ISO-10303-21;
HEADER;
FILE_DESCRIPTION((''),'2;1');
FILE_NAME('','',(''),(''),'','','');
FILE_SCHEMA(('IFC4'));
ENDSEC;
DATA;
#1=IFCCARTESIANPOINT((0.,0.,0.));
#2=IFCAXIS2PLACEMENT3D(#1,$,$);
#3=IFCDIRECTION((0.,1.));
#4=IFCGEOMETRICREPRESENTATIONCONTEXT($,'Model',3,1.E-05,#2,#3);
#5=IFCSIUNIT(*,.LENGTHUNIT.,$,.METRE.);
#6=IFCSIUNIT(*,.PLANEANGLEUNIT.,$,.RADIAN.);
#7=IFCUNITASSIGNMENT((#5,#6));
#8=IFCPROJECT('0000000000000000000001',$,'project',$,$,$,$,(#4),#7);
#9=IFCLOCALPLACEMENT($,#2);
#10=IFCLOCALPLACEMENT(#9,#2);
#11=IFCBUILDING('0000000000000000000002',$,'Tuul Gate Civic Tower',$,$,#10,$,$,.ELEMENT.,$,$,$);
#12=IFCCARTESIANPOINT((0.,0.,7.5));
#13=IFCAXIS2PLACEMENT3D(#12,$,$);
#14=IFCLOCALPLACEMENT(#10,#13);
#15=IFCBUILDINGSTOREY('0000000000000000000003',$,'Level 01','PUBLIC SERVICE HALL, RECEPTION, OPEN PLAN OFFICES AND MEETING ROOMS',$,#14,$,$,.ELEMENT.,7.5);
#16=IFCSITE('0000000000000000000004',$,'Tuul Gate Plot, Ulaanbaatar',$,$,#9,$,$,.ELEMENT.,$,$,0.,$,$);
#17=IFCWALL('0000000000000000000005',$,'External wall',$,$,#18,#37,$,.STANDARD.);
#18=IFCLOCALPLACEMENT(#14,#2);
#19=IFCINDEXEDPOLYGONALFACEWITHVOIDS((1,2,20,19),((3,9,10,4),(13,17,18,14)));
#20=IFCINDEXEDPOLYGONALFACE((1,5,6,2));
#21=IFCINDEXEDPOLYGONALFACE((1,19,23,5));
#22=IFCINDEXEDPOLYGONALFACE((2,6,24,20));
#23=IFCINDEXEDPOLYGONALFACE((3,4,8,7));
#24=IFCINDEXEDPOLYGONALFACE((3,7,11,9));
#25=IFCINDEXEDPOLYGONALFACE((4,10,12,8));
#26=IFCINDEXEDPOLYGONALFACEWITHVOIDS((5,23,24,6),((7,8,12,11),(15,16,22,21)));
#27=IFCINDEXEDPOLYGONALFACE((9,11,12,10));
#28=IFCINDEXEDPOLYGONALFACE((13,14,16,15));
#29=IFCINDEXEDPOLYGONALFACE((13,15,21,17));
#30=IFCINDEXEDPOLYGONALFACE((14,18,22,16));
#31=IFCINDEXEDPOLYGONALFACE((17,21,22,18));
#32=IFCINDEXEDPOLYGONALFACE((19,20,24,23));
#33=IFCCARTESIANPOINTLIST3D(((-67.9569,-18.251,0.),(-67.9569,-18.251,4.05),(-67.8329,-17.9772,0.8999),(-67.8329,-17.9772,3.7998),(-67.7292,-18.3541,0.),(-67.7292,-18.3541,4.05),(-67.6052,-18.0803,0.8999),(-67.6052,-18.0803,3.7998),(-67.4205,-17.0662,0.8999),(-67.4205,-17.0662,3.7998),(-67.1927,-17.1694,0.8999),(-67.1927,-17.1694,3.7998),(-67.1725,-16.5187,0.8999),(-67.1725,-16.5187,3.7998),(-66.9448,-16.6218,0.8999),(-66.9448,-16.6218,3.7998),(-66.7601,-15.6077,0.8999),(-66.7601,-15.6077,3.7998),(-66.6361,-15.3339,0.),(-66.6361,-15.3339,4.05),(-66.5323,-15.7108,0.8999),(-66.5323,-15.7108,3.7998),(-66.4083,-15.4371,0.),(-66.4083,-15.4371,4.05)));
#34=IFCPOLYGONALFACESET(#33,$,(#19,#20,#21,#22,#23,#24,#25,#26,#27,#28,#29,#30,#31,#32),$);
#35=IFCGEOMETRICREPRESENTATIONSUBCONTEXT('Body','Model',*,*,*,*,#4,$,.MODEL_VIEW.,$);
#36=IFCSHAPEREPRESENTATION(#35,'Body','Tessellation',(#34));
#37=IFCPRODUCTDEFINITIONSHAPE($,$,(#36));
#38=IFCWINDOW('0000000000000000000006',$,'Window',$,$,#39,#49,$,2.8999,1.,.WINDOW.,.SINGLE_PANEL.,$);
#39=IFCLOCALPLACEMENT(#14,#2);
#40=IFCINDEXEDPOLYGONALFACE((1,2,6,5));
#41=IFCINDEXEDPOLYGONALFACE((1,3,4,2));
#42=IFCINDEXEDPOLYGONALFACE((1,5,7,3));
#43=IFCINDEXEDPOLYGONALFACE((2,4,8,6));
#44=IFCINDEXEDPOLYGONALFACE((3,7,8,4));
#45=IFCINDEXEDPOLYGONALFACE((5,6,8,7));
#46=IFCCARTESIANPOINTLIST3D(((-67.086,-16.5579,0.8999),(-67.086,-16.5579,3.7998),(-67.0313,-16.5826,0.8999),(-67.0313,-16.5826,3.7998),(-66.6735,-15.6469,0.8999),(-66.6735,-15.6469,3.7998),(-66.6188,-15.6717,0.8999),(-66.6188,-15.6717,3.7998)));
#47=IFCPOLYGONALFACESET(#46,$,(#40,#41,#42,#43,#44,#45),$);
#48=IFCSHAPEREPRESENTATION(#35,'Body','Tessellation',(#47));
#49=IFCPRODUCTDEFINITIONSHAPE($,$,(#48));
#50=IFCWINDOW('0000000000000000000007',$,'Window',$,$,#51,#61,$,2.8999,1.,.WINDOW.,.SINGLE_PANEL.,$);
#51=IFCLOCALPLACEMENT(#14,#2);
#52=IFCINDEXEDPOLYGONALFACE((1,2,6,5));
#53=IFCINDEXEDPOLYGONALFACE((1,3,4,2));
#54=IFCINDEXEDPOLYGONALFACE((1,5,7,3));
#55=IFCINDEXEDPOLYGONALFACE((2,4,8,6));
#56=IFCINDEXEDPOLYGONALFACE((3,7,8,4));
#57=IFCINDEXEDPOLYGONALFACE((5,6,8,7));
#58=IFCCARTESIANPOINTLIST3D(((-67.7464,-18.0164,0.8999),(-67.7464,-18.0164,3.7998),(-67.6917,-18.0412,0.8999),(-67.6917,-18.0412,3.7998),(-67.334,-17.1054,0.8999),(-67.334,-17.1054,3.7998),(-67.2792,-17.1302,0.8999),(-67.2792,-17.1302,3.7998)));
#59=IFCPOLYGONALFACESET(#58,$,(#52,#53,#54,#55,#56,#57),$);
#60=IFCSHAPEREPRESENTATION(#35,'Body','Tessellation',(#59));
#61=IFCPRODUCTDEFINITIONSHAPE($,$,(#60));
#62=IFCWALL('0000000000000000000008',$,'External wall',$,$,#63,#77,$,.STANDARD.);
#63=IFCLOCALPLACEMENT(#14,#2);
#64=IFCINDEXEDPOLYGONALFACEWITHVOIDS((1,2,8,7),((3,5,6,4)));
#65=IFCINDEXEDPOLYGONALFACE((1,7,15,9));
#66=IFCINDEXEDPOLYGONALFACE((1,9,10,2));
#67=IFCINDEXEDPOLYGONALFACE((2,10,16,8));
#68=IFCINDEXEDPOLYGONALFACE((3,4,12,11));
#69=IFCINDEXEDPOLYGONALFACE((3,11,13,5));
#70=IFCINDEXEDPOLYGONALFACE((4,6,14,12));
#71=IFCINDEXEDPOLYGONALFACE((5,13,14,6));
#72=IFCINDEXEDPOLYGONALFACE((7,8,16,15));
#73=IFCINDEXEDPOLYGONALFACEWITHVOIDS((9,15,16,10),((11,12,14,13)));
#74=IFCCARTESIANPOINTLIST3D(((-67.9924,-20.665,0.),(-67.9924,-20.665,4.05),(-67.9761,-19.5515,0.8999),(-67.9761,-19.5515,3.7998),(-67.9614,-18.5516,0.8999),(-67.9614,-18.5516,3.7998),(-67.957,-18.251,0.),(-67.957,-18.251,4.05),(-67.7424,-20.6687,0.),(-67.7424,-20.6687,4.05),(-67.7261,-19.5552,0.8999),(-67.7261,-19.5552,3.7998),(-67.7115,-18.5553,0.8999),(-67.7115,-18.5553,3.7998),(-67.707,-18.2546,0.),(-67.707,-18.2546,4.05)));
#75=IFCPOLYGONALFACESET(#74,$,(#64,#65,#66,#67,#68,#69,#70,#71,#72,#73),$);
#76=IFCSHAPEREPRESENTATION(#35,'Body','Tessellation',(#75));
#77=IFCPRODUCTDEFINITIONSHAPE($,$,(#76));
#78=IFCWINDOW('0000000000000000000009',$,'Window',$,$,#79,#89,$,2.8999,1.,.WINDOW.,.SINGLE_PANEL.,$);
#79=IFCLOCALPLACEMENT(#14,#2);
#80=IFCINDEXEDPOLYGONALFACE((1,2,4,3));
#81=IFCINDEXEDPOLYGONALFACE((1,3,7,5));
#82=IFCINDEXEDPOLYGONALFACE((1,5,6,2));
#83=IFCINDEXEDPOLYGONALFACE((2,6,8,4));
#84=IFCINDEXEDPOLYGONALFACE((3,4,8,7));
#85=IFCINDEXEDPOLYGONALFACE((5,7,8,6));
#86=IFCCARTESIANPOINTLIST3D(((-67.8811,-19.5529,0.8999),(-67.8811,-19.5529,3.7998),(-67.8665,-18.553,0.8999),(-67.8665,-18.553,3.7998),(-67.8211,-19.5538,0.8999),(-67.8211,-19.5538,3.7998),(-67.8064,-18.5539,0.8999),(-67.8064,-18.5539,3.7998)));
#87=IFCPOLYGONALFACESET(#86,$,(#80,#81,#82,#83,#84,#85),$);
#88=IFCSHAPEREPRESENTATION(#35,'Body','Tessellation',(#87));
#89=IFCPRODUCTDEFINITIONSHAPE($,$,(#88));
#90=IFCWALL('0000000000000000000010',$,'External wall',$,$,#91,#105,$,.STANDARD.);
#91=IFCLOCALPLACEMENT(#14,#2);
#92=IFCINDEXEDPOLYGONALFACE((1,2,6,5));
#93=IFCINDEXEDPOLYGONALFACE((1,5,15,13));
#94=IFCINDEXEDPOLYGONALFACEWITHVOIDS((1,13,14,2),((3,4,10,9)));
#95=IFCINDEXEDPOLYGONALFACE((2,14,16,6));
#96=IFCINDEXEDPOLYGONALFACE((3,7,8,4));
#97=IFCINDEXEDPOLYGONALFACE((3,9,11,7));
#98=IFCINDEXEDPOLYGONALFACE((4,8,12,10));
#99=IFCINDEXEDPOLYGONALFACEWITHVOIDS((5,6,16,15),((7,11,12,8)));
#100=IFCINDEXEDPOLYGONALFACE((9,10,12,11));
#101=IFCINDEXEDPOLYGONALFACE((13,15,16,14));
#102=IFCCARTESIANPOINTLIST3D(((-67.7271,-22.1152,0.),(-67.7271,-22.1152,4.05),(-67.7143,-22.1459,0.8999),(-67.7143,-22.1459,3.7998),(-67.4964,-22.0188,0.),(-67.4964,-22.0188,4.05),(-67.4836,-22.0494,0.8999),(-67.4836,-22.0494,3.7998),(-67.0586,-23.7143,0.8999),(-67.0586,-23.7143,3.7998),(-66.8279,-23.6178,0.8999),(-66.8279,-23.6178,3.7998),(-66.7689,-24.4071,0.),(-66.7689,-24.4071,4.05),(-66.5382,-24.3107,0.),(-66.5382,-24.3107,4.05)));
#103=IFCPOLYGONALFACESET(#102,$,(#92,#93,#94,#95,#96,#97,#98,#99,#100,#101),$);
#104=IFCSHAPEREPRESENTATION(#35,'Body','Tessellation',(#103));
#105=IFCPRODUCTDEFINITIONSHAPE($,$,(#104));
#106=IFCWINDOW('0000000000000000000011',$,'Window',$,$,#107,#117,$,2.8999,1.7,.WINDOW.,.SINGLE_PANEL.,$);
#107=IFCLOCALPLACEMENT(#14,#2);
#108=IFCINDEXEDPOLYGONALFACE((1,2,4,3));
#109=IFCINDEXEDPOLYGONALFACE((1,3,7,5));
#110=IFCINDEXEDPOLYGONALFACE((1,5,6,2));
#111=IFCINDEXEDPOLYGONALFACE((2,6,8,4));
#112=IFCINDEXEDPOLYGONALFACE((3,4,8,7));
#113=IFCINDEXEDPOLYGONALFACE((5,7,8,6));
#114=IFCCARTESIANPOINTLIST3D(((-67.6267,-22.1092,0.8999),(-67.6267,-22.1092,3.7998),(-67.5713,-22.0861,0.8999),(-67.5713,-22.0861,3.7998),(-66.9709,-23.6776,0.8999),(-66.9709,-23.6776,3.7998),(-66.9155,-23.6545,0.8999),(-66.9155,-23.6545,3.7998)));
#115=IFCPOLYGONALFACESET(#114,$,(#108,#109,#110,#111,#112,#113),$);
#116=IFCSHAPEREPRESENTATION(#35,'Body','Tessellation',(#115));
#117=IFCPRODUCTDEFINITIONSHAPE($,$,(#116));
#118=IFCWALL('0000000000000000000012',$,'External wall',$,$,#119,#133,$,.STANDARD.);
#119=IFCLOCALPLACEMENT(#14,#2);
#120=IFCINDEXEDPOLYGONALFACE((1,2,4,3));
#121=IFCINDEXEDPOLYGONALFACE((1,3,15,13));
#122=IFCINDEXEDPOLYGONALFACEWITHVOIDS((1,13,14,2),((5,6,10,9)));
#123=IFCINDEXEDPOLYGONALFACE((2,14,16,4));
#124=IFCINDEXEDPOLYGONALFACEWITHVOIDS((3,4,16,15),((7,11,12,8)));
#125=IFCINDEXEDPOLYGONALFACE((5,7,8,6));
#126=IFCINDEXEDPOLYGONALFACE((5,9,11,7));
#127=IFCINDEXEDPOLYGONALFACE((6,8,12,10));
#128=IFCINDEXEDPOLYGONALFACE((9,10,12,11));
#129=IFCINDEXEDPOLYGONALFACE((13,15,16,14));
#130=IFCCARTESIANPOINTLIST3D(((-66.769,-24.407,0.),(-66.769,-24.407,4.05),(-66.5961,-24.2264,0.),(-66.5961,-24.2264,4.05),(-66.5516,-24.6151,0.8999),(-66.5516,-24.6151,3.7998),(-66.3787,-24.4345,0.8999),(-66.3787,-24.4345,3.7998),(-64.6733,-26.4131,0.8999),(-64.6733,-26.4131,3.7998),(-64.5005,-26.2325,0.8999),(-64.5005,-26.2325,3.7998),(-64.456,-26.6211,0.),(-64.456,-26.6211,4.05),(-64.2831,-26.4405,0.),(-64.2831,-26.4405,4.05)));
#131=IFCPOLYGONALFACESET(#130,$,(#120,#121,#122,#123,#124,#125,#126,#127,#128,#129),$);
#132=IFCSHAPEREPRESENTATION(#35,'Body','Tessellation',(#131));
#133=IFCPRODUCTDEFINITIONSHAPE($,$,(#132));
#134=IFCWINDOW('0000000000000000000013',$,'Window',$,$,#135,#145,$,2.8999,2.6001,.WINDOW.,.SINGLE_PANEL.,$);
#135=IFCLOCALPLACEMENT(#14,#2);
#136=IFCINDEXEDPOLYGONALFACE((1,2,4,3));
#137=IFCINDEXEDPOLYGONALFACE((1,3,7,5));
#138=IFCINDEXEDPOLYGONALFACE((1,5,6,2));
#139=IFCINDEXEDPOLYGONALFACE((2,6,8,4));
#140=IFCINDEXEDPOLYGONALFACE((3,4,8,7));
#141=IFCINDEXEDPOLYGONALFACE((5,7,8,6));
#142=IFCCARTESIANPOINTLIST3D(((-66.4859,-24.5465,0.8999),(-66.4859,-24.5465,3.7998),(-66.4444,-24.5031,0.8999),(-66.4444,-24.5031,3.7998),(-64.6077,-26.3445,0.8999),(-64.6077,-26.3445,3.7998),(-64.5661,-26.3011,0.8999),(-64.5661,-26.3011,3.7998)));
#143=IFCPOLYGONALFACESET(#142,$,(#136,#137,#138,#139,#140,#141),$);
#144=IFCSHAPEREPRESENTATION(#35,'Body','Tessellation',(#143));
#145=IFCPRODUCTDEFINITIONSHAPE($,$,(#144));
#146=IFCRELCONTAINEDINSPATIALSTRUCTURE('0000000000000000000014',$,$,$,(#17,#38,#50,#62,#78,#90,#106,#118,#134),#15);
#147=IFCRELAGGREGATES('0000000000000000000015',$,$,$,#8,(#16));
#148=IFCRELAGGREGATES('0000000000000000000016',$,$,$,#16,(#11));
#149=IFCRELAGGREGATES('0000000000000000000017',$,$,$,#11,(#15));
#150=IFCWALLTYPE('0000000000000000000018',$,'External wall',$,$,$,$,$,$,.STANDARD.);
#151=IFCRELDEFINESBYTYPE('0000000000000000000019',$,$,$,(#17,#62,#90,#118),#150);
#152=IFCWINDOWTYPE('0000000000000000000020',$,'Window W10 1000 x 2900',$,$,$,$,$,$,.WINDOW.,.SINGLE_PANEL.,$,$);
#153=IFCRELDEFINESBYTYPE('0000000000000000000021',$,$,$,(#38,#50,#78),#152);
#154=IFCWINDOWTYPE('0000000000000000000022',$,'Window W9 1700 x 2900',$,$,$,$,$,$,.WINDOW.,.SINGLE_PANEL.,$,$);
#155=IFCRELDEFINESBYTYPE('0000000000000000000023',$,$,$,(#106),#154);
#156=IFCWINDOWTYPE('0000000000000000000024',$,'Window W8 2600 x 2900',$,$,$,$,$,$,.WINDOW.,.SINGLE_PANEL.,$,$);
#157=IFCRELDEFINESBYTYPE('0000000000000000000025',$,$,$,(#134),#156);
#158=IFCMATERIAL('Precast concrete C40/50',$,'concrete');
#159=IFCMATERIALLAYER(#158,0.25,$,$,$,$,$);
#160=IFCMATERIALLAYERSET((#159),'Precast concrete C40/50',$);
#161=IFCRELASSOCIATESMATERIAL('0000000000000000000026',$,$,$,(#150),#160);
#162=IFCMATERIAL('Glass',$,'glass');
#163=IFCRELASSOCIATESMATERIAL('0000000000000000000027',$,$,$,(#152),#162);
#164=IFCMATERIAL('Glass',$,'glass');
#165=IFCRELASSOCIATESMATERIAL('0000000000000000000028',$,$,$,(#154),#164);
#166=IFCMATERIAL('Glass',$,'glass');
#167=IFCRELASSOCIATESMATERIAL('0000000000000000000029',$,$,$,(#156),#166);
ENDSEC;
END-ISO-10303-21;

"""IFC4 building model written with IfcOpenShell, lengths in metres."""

from ifc_helpers import new_model, si_unit, direction, frame, frame_2d, origin, place, context, subcontext, project, spatial, rectangle, extrude, material, layer, layer_set, type_object, element, fill, save


model = new_model("IFC4")

# Units and contexts
model_context = context("Model", 3, precision=1e-05, world=origin(), true_north=direction((0.0, 1.0)))
body_context = subcontext(model_context, "Body", "Model", "MODEL_VIEW")
ifc_project = project(units=[si_unit("LENGTHUNIT", "METRE"), si_unit("PLANEANGLEUNIT", "RADIAN")], contexts=[model_context])

# Site, building, storey
site_placement = place(None, origin())
site = spatial("IfcSite", under=ifc_project, at=site_placement, Name="Tuul Gate Plot, Ulaanbaatar", CompositionType="ELEMENT", RefElevation=0.0)
building_placement = place(site_placement, origin())
building = spatial("IfcBuilding", under=site, at=building_placement, Name="Tuul Gate Civic Tower", CompositionType="ELEMENT")
storey_placement = place(building_placement, frame((0.0, 0.0, 7.5)))
storey = spatial("IfcBuildingStorey", under=building, at=storey_placement, Name="Level 01", Description="PUBLIC SERVICE HALL, RECEPTION, OPEN PLAN OFFICES AND MEETING ROOMS", CompositionType="ELEMENT", Elevation=7.5)

# Wall, openings, windows
ifc_material_1 = material(Name="Precast concrete C40/50", Category="concrete")
ifc_layer_1 = layer(ifc_material_1, 0.25)
ifc_layer_set_1 = layer_set([ifc_layer_1], Name="Precast concrete C40/50")
wall_type_1 = type_object("IfcWallType", Name="External wall", PredefinedType="STANDARD", material=ifc_layer_set_1)
wall_1_placement = place(storey_placement, frame((-66.5222, -15.3855, 0.0), z_axis=(0.0, 0.0, 1.0), x_axis=(-0.412481, -0.910966, 0.0)))
wall_1 = element("IfcWall", 1, at=wall_1_placement, inside=storey, type_object=wall_type_1, Name="External wall", PredefinedType="STANDARD", context=body_context, shape_type="SweptSolid", body=[
    extrude(rectangle(XDim=3.2021, YDim=0.25, at=frame_2d((1.6011, 0.0))), origin(), (0.0, 0.0, 1.0), 4.05),
])
opening_1_placement = place(wall_1_placement, frame((0.3005, 0.0, 0.8999)))
opening_1 = element("IfcOpeningElement", 2, at=opening_1_placement, cuts=wall_1, PredefinedType="OPENING", context=body_context, shape_type="SweptSolid", body=[
    extrude(rectangle(XDim=1.0, YDim=2.8999, at=frame_2d((0.5, 1.45))), frame((0.0, 0.135, 0.0), z_axis=(0.0, -1.0, 0.0), x_axis=(1.0, 0.0, 0.0)), (0.0, 0.0, 1.0), 0.27),
])
opening_2_placement = place(wall_1_placement, frame((1.9016, 0.0, 0.8999)))
opening_2 = element("IfcOpeningElement", 3, at=opening_2_placement, cuts=wall_1, PredefinedType="OPENING", context=body_context, shape_type="SweptSolid", body=[
    extrude(rectangle(XDim=1.0, YDim=2.8999, at=frame_2d((0.5, 1.45))), frame((0.0, 0.135, 0.0), z_axis=(0.0, -1.0, 0.0), x_axis=(1.0, 0.0, 0.0)), (0.0, 0.0, 1.0), 0.27),
])
ifc_material_2 = material(Name="Glass", Category="glass")
window_type_1 = type_object("IfcWindowType", Name="Window W10 1000 x 2900", PartitioningType="SINGLE_PANEL", PredefinedType="WINDOW", material=ifc_material_2)
window_1_placement = place(opening_1_placement, origin())
window_1 = element("IfcWindow", 4, at=window_1_placement, inside=storey, type_object=window_type_1, Name="Window", OverallHeight=2.8999, OverallWidth=1.0, PartitioningType="SINGLE_PANEL", PredefinedType="WINDOW", context=body_context, shape_type="SweptSolid", body=[
    extrude(rectangle(XDim=1.0, YDim=2.8999, at=frame_2d((0.5, 1.45))), frame((0.0, 0.03, 0.0), z_axis=(0.0, -1.0, 0.0), x_axis=(1.0, 0.0, 0.0)), (0.0, 0.0, 1.0), 0.0601),
])
fill(opening_1, window_1)
window_2_placement = place(opening_2_placement, origin())
window_2 = element("IfcWindow", 5, at=window_2_placement, inside=storey, type_object=window_type_1, Name="Window", OverallHeight=2.8999, OverallWidth=1.0, PartitioningType="SINGLE_PANEL", PredefinedType="WINDOW", context=body_context, shape_type="SweptSolid", body=[
    extrude(rectangle(XDim=1.0, YDim=2.8999, at=frame_2d((0.5, 1.45))), frame((0.0, 0.03, 0.0), z_axis=(0.0, -1.0, 0.0), x_axis=(1.0, 0.0, 0.0)), (0.0, 0.0, 1.0), 0.0601),
])
fill(opening_2, window_2)

# Walls, openings, windows
wall_2_placement = place(storey_placement, frame((-67.832, -18.2529, 0.0), z_axis=(0.0, 0.0, 1.0), x_axis=(-0.014663, -0.999892, 0.0)))
wall_2 = element("IfcWall", 6, at=wall_2_placement, inside=storey, type_object=wall_type_1, Name="External wall", PredefinedType="STANDARD", context=body_context, shape_type="SweptSolid", body=[
    extrude(rectangle(XDim=2.4143, YDim=0.25, at=frame_2d((1.207, 0.0))), origin(), (0.0, 0.0, 1.0), 4.05),
])
opening_3_placement = place(wall_2_placement, frame((0.3005, 0.0, 0.8999)))
opening_3 = element("IfcOpeningElement", 7, at=opening_3_placement, cuts=wall_2, PredefinedType="OPENING", context=body_context, shape_type="SweptSolid", body=[
    extrude(rectangle(XDim=1.0, YDim=2.8999, at=frame_2d((0.5, 1.45))), frame((0.0, 0.135, 0.0), z_axis=(0.0, -1.0, 0.0), x_axis=(1.0, 0.0, 0.0)), (0.0, 0.0, 1.0), 0.27),
])
window_3_placement = place(opening_3_placement, origin())
window_3 = element("IfcWindow", 8, at=window_3_placement, inside=storey, type_object=window_type_1, Name="Window", OverallHeight=2.8999, OverallWidth=1.0, PartitioningType="SINGLE_PANEL", PredefinedType="WINDOW", context=body_context, shape_type="SweptSolid", body=[
    extrude(rectangle(XDim=1.0, YDim=2.8999, at=frame_2d((0.5, 1.45))), frame((0.0, 0.03, 0.0), z_axis=(0.0, -1.0, 0.0), x_axis=(1.0, 0.0, 0.0)), (0.0, 0.0, 1.0), 0.0601),
])
fill(opening_3, window_3)
wall_3_placement = place(storey_placement, frame((-67.6118, -22.0669, 0.0), z_axis=(0.0, 0.0, 1.0), x_axis=(0.385732, -0.922611, 0.0)))
wall_3 = element("IfcWall", 9, at=wall_3_placement, inside=storey, type_object=wall_type_1, Name="External wall", PredefinedType="STANDARD", context=body_context, shape_type="SweptSolid", body=[
    extrude(rectangle(XDim=2.4841, YDim=0.25, at=frame_2d((1.2422, 0.0))), origin(), (0.0, 0.0, 1.0), 4.05),
])
opening_4_placement = place(wall_3_placement, frame((0.0332, 0.0, 0.8999)))
opening_4 = element("IfcOpeningElement", 10, at=opening_4_placement, cuts=wall_3, PredefinedType="OPENING", context=body_context, shape_type="SweptSolid", body=[
    extrude(rectangle(XDim=1.7, YDim=2.8999, at=frame_2d((0.8501, 1.45))), frame((0.0, 0.135, 0.0), z_axis=(0.0, -1.0, 0.0), x_axis=(1.0, 0.0, 0.0)), (0.0, 0.0, 1.0), 0.27),
])
ifc_material_3 = material(Name="Glass", Category="glass")
window_type_2 = type_object("IfcWindowType", Name="Window W9 1700 x 2900", PartitioningType="SINGLE_PANEL", PredefinedType="WINDOW", material=ifc_material_3)
window_4_placement = place(opening_4_placement, origin())
window_4 = element("IfcWindow", 11, at=window_4_placement, inside=storey, type_object=window_type_2, Name="Window", OverallHeight=2.8999, OverallWidth=1.7, PartitioningType="SINGLE_PANEL", PredefinedType="WINDOW", context=body_context, shape_type="SweptSolid", body=[
    extrude(rectangle(XDim=1.7, YDim=2.8999, at=frame_2d((0.8501, 1.45))), frame((0.0, 0.03, 0.0), z_axis=(0.0, -1.0, 0.0), x_axis=(1.0, 0.0, 0.0)), (0.0, 0.0, 1.0), 0.0601),
])
fill(opening_4, window_4)
wall_4_placement = place(storey_placement, frame((-66.6826, -24.3167, 0.0), z_axis=(0.0, 0.0, 1.0), x_axis=(0.722379, -0.691498, 0.0)))
wall_4 = element("IfcWall", 12, at=wall_4_placement, inside=storey, type_object=wall_type_1, Name="External wall", PredefinedType="STANDARD", context=body_context, shape_type="SweptSolid", body=[
    extrude(rectangle(XDim=3.2019, YDim=0.25, at=frame_2d((1.6011, 0.0))), origin(), (0.0, 0.0, 1.0), 4.05),
])
opening_5_placement = place(wall_4_placement, frame((0.301, 0.0, 0.8999)))
opening_5 = element("IfcOpeningElement", 13, at=opening_5_placement, cuts=wall_4, PredefinedType="OPENING", context=body_context, shape_type="SweptSolid", body=[
    extrude(rectangle(XDim=2.6001, YDim=2.8999, at=frame_2d((1.3, 1.45))), frame((0.0, 0.135, 0.0), z_axis=(0.0, -1.0, 0.0), x_axis=(1.0, 0.0, 0.0)), (0.0, 0.0, 1.0), 0.27),
])
ifc_material_4 = material(Name="Glass", Category="glass")
window_type_3 = type_object("IfcWindowType", Name="Window W8 2600 x 2900", PartitioningType="SINGLE_PANEL", PredefinedType="WINDOW", material=ifc_material_4)
window_5_placement = place(opening_5_placement, origin())
window_5 = element("IfcWindow", 14, at=window_5_placement, inside=storey, type_object=window_type_3, Name="Window", OverallHeight=2.8999, OverallWidth=2.6001, PartitioningType="SINGLE_PANEL", PredefinedType="WINDOW", context=body_context, shape_type="SweptSolid", body=[
    extrude(rectangle(XDim=2.6001, YDim=2.8999, at=frame_2d((1.3, 1.45))), frame((0.0, 0.03, 0.0), z_axis=(0.0, -1.0, 0.0), x_axis=(1.0, 0.0, 0.0)), (0.0, 0.0, 1.0), 0.0601),
])
fill(opening_5, window_5)

save(model, "model.ifc")
